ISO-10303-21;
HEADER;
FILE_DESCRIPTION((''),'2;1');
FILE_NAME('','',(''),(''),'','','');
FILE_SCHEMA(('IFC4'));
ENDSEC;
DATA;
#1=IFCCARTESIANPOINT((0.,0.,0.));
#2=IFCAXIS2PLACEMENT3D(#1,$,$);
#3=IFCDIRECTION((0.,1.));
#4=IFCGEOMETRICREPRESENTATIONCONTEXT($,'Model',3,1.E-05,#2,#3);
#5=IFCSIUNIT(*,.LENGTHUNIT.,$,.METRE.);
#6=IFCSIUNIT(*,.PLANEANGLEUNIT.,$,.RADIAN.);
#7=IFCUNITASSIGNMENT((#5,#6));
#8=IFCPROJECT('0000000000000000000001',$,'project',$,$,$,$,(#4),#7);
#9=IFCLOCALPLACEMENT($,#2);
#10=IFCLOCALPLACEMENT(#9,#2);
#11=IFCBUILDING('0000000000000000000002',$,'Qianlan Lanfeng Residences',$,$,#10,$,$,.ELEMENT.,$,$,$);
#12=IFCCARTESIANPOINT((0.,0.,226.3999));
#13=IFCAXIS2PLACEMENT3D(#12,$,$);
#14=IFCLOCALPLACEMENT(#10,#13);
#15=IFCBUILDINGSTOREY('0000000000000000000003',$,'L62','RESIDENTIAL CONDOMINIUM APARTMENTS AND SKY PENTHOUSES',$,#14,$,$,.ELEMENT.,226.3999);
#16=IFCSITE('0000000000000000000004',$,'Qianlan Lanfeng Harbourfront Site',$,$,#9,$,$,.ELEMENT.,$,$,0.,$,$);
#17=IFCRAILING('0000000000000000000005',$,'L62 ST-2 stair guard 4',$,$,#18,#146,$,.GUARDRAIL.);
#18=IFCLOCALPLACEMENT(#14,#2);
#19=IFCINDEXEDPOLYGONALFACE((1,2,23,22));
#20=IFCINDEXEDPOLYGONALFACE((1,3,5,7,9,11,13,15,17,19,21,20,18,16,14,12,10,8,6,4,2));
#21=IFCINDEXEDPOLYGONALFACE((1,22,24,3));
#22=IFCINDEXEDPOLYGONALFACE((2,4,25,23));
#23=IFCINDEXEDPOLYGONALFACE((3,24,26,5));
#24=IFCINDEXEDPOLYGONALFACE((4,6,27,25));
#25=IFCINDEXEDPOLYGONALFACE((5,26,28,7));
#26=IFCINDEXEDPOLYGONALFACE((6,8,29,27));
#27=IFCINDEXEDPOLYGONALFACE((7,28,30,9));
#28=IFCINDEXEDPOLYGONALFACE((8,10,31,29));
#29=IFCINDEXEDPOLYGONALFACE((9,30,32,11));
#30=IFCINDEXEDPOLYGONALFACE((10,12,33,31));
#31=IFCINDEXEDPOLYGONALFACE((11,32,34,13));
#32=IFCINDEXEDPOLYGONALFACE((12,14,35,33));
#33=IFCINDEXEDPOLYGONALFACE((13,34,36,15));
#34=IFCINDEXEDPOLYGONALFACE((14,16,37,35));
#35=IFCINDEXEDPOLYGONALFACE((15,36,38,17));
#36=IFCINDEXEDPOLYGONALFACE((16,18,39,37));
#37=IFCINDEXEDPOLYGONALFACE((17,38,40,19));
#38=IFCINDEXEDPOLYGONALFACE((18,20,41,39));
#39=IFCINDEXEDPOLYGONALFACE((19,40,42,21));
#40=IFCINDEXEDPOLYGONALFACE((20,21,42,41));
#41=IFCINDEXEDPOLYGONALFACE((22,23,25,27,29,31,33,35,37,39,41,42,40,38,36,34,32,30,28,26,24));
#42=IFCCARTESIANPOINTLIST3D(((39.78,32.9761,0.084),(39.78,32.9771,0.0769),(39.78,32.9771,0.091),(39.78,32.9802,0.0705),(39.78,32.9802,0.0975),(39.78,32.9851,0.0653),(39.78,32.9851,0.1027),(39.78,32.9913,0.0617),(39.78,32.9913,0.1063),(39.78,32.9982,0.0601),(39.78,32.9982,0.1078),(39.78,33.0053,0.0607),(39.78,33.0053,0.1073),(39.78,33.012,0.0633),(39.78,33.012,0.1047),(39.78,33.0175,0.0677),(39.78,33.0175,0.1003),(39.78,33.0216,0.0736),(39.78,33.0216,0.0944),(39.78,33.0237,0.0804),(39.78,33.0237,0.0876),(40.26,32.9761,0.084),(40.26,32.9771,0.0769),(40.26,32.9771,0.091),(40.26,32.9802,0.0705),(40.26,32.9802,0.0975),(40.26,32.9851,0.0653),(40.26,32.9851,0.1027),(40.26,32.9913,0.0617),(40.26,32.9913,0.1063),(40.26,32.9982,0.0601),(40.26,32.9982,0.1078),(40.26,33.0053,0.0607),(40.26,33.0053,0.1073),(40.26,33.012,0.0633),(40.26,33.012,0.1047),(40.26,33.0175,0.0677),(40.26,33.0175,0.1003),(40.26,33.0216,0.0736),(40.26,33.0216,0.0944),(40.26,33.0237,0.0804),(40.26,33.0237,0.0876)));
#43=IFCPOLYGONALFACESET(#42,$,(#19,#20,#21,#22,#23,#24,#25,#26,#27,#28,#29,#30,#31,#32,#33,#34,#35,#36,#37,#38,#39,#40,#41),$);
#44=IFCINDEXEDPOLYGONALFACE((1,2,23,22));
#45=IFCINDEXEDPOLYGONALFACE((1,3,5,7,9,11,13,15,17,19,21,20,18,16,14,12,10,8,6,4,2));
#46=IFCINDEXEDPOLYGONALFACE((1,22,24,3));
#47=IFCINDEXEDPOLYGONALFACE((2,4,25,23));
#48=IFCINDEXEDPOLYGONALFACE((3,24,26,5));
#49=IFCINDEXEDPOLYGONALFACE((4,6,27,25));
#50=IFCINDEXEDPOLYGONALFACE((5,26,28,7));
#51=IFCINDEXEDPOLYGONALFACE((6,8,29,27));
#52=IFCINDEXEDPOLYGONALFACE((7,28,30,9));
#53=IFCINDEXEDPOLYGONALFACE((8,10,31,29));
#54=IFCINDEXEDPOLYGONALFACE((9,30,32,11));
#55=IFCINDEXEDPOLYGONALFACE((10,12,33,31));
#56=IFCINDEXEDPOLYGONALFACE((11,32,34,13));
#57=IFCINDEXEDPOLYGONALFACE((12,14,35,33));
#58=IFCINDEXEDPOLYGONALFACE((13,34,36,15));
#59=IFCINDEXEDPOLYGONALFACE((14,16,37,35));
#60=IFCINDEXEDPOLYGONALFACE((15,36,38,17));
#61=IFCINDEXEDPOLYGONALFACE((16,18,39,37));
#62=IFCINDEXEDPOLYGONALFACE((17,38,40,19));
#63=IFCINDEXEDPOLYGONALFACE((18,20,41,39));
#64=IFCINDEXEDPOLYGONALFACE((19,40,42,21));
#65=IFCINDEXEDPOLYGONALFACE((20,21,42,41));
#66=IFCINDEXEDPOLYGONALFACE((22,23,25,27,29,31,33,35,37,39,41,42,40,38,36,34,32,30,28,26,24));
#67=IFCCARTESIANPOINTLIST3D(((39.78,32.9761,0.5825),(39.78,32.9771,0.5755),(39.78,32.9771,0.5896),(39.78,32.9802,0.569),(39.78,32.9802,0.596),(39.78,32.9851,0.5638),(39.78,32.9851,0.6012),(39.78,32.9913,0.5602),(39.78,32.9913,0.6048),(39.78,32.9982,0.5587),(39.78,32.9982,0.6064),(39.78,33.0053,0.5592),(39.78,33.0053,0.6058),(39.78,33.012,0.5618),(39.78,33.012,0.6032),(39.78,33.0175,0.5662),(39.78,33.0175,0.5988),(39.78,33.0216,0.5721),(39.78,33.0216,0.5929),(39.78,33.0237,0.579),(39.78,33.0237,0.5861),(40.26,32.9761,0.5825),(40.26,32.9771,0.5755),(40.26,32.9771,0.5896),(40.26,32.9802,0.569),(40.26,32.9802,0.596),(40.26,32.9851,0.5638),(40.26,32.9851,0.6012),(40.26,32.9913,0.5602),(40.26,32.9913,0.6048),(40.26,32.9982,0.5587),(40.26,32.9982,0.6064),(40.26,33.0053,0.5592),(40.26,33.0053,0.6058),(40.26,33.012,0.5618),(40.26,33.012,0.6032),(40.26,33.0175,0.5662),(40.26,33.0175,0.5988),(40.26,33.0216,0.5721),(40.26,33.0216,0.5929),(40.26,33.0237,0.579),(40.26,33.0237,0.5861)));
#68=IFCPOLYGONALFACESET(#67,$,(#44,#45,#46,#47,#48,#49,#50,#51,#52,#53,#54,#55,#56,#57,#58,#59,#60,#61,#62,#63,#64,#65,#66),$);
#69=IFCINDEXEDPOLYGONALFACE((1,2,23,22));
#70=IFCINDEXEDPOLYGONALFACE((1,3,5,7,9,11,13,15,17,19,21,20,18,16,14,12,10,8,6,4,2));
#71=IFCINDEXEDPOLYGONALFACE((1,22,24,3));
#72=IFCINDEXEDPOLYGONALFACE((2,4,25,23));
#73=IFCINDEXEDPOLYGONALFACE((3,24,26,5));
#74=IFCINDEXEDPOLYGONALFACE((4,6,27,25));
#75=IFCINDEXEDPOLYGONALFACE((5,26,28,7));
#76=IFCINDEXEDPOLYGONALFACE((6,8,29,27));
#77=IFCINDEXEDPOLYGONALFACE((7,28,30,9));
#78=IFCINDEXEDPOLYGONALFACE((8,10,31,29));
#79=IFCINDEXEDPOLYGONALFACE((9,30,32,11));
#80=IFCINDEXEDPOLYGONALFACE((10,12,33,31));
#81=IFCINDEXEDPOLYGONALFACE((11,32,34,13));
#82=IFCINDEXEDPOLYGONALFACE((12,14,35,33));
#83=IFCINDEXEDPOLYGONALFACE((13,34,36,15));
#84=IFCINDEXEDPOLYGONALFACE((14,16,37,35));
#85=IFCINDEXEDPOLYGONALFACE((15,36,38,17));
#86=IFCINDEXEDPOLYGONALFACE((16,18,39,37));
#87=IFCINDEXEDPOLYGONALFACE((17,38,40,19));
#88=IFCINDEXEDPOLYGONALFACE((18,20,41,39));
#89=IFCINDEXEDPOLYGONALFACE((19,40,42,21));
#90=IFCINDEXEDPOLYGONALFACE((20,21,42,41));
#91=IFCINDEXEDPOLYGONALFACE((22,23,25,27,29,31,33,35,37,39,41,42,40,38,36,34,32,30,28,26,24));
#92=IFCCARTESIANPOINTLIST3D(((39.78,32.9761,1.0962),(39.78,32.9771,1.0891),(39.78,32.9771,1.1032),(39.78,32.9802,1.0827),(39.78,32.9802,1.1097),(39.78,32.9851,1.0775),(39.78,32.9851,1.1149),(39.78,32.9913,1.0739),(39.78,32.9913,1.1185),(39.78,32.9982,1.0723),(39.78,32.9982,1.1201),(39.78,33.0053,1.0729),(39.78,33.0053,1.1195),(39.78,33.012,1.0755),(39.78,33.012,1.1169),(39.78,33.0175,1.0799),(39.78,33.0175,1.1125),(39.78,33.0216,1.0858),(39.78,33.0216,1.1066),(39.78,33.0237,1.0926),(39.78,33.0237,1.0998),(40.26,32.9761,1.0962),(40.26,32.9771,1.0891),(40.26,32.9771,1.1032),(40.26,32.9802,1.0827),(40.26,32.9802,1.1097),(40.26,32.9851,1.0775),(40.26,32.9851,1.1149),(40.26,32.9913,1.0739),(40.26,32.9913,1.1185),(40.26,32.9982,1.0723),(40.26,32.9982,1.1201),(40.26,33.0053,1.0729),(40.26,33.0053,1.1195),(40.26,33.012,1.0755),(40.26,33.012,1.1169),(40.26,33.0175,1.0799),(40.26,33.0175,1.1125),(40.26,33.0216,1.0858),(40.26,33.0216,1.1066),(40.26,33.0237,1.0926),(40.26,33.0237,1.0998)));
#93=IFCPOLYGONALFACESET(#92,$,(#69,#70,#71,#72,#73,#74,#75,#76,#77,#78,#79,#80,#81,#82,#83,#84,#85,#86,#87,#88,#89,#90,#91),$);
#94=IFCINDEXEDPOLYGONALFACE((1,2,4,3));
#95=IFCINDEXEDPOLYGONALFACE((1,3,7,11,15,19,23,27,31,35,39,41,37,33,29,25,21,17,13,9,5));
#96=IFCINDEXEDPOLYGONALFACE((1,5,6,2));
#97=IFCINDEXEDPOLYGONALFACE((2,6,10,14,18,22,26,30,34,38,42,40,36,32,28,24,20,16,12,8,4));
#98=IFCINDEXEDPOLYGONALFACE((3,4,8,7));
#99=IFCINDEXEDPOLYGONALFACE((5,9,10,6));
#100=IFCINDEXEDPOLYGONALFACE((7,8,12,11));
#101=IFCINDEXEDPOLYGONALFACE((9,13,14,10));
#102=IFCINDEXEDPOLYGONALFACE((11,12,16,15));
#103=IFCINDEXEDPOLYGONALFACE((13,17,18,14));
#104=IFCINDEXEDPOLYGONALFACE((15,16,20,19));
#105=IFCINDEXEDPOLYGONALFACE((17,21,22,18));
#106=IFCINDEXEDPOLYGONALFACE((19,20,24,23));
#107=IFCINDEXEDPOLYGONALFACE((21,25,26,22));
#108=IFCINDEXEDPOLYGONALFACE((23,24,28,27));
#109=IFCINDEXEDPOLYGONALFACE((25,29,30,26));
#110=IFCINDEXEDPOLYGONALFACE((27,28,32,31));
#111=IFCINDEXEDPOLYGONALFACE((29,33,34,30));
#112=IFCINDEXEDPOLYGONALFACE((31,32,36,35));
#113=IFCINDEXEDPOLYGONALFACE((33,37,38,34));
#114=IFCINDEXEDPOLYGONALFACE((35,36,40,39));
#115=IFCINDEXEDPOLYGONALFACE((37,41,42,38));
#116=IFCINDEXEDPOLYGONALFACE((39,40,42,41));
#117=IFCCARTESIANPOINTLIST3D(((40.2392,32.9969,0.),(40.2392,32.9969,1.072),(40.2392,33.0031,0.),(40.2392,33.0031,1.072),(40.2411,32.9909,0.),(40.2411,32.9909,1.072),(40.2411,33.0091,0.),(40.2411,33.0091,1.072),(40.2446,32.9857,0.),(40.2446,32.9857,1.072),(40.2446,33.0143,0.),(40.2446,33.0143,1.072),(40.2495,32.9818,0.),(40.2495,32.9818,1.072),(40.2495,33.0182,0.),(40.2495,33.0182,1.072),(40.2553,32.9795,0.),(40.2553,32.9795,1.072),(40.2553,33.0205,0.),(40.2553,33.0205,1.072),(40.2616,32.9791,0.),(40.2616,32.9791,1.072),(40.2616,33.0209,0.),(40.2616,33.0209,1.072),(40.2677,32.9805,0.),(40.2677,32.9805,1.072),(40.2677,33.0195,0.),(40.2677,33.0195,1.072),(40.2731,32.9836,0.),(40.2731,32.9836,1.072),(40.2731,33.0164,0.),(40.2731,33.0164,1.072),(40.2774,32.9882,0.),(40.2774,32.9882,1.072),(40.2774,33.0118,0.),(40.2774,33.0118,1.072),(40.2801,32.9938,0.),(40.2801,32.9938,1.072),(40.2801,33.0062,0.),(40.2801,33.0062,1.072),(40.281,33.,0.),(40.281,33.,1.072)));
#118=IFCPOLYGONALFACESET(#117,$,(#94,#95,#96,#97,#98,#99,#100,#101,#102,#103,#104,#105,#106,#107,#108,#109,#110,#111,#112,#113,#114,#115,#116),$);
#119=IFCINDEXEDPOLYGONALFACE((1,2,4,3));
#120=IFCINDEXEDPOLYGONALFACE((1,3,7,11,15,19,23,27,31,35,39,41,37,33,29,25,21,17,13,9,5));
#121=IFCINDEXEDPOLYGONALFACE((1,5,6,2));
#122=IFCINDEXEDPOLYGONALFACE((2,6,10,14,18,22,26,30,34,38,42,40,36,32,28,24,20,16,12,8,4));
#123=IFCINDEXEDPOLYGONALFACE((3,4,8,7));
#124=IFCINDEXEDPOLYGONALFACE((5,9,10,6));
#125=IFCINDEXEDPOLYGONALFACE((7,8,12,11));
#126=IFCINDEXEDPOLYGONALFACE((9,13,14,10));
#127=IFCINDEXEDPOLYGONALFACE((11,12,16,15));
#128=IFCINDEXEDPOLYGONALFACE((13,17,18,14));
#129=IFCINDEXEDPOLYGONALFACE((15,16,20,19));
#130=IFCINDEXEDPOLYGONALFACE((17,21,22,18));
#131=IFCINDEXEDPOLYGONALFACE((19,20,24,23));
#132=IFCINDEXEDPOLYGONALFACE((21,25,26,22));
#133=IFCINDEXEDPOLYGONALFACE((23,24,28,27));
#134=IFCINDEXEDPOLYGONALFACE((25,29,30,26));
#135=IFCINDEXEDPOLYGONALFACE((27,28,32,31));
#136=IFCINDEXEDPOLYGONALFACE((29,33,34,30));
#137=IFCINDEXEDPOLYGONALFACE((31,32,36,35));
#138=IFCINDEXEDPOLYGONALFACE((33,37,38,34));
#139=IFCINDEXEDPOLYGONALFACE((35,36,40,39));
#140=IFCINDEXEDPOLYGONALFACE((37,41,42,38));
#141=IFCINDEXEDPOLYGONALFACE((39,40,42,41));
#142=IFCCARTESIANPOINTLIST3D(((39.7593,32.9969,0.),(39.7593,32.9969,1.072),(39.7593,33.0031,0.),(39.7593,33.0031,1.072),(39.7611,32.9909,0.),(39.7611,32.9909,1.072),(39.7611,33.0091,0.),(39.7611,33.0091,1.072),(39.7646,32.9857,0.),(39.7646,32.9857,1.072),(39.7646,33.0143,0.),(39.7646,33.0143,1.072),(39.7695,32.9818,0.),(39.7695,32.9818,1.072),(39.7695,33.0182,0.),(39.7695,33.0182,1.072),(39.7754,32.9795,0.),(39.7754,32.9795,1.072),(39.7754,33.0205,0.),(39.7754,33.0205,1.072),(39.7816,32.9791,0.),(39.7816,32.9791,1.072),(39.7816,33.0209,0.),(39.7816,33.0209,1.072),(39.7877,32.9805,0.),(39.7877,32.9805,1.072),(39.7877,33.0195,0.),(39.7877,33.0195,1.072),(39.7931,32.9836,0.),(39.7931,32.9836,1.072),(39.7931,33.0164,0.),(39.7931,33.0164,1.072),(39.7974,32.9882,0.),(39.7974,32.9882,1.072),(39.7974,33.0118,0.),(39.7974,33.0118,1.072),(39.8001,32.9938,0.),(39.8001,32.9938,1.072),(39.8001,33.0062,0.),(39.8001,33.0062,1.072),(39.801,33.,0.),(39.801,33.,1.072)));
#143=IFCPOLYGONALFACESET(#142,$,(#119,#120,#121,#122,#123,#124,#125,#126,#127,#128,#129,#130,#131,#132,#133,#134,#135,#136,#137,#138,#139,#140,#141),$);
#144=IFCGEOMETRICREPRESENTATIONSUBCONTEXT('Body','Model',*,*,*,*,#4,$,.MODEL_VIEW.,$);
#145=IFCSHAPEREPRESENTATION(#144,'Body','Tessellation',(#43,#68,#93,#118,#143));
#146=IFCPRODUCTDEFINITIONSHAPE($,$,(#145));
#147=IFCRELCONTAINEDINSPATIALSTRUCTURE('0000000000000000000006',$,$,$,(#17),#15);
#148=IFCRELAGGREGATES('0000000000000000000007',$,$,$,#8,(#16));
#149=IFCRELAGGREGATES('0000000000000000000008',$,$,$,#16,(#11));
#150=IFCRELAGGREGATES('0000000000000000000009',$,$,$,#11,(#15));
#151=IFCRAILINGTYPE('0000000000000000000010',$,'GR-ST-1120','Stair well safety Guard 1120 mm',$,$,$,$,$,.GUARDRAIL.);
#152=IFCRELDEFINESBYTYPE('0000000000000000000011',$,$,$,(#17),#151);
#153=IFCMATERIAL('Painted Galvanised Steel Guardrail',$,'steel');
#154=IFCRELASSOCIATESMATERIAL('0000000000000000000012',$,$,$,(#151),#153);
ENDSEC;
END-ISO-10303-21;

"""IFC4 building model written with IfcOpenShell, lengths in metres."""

from ifc_helpers import new_model, si_unit, direction, frame, origin, origin_2d, place, context, subcontext, project, spatial, circle, extrude, material, type_object, element, save


model = new_model("IFC4")

# Units and contexts
model_context = context("Model", 3, precision=1e-05, world=origin(), true_north=direction((0.0, 1.0)))
body_context = subcontext(model_context, "Body", "Model", "MODEL_VIEW")
ifc_project = project(units=[si_unit("LENGTHUNIT", "METRE"), si_unit("PLANEANGLEUNIT", "RADIAN")], contexts=[model_context])

# Site, building, storey
site_placement = place(None, origin())
site = spatial("IfcSite", under=ifc_project, at=site_placement, Name="Qianlan Lanfeng Harbourfront Site", CompositionType="ELEMENT", RefElevation=0.0)
building_placement = place(site_placement, origin())
building = spatial("IfcBuilding", under=site, at=building_placement, Name="Qianlan Lanfeng Residences", CompositionType="ELEMENT")
storey_placement = place(building_placement, frame((0.0, 0.0, 226.3999)))
storey = spatial("IfcBuildingStorey", under=building, at=storey_placement, Name="L62", Description="RESIDENTIAL CONDOMINIUM APARTMENTS AND SKY PENTHOUSES", CompositionType="ELEMENT", Elevation=226.3999)

# Railing
ifc_material_1 = material(Name="Painted Galvanised Steel Guardrail", Category="steel")
railing_type_1 = type_object("IfcRailingType", Name="GR-ST-1120", Description="Stair well safety Guard 1120 mm", PredefinedType="GUARDRAIL", material=ifc_material_1)
railing_1_placement = place(storey_placement, frame((40.26, 33.0, 0.0)))
element("IfcRailing", 1, at=railing_1_placement, inside=storey, type_object=railing_type_1, Name="L62 ST-2 stair guard 4", PredefinedType="GUARDRAIL", context=body_context, shape_type="SweptSolid", body=[
    extrude(circle(Radius=0.0239, at=origin_2d()), frame((0.0, 0.0, 0.084), z_axis=(-1.0, 0.0, 0.0), x_axis=(0.0, -1.0, 0.0)), (0.0, 0.0, 1.0), 0.48),
    extrude(circle(Radius=0.0239, at=origin_2d()), frame((0.0, 0.0, 0.5825), z_axis=(-1.0, 0.0, 0.0), x_axis=(0.0, -1.0, 0.0)), (0.0, 0.0, 1.0), 0.48),
    extrude(circle(Radius=0.0239, at=origin_2d()), frame((0.0, 0.0, 1.0962), z_axis=(-1.0, 0.0, 0.0), x_axis=(0.0, -1.0, 0.0)), (0.0, 0.0, 1.0), 0.48),
    extrude(circle(Radius=0.021, at=origin_2d()), origin(), (0.0, 0.0, 1.0), 1.072),
    extrude(circle(Radius=0.021, at=origin_2d()), frame((-0.48, 0.0, 0.0)), (0.0, 0.0, 1.0), 1.072),
])

save(model, "model.ifc")
